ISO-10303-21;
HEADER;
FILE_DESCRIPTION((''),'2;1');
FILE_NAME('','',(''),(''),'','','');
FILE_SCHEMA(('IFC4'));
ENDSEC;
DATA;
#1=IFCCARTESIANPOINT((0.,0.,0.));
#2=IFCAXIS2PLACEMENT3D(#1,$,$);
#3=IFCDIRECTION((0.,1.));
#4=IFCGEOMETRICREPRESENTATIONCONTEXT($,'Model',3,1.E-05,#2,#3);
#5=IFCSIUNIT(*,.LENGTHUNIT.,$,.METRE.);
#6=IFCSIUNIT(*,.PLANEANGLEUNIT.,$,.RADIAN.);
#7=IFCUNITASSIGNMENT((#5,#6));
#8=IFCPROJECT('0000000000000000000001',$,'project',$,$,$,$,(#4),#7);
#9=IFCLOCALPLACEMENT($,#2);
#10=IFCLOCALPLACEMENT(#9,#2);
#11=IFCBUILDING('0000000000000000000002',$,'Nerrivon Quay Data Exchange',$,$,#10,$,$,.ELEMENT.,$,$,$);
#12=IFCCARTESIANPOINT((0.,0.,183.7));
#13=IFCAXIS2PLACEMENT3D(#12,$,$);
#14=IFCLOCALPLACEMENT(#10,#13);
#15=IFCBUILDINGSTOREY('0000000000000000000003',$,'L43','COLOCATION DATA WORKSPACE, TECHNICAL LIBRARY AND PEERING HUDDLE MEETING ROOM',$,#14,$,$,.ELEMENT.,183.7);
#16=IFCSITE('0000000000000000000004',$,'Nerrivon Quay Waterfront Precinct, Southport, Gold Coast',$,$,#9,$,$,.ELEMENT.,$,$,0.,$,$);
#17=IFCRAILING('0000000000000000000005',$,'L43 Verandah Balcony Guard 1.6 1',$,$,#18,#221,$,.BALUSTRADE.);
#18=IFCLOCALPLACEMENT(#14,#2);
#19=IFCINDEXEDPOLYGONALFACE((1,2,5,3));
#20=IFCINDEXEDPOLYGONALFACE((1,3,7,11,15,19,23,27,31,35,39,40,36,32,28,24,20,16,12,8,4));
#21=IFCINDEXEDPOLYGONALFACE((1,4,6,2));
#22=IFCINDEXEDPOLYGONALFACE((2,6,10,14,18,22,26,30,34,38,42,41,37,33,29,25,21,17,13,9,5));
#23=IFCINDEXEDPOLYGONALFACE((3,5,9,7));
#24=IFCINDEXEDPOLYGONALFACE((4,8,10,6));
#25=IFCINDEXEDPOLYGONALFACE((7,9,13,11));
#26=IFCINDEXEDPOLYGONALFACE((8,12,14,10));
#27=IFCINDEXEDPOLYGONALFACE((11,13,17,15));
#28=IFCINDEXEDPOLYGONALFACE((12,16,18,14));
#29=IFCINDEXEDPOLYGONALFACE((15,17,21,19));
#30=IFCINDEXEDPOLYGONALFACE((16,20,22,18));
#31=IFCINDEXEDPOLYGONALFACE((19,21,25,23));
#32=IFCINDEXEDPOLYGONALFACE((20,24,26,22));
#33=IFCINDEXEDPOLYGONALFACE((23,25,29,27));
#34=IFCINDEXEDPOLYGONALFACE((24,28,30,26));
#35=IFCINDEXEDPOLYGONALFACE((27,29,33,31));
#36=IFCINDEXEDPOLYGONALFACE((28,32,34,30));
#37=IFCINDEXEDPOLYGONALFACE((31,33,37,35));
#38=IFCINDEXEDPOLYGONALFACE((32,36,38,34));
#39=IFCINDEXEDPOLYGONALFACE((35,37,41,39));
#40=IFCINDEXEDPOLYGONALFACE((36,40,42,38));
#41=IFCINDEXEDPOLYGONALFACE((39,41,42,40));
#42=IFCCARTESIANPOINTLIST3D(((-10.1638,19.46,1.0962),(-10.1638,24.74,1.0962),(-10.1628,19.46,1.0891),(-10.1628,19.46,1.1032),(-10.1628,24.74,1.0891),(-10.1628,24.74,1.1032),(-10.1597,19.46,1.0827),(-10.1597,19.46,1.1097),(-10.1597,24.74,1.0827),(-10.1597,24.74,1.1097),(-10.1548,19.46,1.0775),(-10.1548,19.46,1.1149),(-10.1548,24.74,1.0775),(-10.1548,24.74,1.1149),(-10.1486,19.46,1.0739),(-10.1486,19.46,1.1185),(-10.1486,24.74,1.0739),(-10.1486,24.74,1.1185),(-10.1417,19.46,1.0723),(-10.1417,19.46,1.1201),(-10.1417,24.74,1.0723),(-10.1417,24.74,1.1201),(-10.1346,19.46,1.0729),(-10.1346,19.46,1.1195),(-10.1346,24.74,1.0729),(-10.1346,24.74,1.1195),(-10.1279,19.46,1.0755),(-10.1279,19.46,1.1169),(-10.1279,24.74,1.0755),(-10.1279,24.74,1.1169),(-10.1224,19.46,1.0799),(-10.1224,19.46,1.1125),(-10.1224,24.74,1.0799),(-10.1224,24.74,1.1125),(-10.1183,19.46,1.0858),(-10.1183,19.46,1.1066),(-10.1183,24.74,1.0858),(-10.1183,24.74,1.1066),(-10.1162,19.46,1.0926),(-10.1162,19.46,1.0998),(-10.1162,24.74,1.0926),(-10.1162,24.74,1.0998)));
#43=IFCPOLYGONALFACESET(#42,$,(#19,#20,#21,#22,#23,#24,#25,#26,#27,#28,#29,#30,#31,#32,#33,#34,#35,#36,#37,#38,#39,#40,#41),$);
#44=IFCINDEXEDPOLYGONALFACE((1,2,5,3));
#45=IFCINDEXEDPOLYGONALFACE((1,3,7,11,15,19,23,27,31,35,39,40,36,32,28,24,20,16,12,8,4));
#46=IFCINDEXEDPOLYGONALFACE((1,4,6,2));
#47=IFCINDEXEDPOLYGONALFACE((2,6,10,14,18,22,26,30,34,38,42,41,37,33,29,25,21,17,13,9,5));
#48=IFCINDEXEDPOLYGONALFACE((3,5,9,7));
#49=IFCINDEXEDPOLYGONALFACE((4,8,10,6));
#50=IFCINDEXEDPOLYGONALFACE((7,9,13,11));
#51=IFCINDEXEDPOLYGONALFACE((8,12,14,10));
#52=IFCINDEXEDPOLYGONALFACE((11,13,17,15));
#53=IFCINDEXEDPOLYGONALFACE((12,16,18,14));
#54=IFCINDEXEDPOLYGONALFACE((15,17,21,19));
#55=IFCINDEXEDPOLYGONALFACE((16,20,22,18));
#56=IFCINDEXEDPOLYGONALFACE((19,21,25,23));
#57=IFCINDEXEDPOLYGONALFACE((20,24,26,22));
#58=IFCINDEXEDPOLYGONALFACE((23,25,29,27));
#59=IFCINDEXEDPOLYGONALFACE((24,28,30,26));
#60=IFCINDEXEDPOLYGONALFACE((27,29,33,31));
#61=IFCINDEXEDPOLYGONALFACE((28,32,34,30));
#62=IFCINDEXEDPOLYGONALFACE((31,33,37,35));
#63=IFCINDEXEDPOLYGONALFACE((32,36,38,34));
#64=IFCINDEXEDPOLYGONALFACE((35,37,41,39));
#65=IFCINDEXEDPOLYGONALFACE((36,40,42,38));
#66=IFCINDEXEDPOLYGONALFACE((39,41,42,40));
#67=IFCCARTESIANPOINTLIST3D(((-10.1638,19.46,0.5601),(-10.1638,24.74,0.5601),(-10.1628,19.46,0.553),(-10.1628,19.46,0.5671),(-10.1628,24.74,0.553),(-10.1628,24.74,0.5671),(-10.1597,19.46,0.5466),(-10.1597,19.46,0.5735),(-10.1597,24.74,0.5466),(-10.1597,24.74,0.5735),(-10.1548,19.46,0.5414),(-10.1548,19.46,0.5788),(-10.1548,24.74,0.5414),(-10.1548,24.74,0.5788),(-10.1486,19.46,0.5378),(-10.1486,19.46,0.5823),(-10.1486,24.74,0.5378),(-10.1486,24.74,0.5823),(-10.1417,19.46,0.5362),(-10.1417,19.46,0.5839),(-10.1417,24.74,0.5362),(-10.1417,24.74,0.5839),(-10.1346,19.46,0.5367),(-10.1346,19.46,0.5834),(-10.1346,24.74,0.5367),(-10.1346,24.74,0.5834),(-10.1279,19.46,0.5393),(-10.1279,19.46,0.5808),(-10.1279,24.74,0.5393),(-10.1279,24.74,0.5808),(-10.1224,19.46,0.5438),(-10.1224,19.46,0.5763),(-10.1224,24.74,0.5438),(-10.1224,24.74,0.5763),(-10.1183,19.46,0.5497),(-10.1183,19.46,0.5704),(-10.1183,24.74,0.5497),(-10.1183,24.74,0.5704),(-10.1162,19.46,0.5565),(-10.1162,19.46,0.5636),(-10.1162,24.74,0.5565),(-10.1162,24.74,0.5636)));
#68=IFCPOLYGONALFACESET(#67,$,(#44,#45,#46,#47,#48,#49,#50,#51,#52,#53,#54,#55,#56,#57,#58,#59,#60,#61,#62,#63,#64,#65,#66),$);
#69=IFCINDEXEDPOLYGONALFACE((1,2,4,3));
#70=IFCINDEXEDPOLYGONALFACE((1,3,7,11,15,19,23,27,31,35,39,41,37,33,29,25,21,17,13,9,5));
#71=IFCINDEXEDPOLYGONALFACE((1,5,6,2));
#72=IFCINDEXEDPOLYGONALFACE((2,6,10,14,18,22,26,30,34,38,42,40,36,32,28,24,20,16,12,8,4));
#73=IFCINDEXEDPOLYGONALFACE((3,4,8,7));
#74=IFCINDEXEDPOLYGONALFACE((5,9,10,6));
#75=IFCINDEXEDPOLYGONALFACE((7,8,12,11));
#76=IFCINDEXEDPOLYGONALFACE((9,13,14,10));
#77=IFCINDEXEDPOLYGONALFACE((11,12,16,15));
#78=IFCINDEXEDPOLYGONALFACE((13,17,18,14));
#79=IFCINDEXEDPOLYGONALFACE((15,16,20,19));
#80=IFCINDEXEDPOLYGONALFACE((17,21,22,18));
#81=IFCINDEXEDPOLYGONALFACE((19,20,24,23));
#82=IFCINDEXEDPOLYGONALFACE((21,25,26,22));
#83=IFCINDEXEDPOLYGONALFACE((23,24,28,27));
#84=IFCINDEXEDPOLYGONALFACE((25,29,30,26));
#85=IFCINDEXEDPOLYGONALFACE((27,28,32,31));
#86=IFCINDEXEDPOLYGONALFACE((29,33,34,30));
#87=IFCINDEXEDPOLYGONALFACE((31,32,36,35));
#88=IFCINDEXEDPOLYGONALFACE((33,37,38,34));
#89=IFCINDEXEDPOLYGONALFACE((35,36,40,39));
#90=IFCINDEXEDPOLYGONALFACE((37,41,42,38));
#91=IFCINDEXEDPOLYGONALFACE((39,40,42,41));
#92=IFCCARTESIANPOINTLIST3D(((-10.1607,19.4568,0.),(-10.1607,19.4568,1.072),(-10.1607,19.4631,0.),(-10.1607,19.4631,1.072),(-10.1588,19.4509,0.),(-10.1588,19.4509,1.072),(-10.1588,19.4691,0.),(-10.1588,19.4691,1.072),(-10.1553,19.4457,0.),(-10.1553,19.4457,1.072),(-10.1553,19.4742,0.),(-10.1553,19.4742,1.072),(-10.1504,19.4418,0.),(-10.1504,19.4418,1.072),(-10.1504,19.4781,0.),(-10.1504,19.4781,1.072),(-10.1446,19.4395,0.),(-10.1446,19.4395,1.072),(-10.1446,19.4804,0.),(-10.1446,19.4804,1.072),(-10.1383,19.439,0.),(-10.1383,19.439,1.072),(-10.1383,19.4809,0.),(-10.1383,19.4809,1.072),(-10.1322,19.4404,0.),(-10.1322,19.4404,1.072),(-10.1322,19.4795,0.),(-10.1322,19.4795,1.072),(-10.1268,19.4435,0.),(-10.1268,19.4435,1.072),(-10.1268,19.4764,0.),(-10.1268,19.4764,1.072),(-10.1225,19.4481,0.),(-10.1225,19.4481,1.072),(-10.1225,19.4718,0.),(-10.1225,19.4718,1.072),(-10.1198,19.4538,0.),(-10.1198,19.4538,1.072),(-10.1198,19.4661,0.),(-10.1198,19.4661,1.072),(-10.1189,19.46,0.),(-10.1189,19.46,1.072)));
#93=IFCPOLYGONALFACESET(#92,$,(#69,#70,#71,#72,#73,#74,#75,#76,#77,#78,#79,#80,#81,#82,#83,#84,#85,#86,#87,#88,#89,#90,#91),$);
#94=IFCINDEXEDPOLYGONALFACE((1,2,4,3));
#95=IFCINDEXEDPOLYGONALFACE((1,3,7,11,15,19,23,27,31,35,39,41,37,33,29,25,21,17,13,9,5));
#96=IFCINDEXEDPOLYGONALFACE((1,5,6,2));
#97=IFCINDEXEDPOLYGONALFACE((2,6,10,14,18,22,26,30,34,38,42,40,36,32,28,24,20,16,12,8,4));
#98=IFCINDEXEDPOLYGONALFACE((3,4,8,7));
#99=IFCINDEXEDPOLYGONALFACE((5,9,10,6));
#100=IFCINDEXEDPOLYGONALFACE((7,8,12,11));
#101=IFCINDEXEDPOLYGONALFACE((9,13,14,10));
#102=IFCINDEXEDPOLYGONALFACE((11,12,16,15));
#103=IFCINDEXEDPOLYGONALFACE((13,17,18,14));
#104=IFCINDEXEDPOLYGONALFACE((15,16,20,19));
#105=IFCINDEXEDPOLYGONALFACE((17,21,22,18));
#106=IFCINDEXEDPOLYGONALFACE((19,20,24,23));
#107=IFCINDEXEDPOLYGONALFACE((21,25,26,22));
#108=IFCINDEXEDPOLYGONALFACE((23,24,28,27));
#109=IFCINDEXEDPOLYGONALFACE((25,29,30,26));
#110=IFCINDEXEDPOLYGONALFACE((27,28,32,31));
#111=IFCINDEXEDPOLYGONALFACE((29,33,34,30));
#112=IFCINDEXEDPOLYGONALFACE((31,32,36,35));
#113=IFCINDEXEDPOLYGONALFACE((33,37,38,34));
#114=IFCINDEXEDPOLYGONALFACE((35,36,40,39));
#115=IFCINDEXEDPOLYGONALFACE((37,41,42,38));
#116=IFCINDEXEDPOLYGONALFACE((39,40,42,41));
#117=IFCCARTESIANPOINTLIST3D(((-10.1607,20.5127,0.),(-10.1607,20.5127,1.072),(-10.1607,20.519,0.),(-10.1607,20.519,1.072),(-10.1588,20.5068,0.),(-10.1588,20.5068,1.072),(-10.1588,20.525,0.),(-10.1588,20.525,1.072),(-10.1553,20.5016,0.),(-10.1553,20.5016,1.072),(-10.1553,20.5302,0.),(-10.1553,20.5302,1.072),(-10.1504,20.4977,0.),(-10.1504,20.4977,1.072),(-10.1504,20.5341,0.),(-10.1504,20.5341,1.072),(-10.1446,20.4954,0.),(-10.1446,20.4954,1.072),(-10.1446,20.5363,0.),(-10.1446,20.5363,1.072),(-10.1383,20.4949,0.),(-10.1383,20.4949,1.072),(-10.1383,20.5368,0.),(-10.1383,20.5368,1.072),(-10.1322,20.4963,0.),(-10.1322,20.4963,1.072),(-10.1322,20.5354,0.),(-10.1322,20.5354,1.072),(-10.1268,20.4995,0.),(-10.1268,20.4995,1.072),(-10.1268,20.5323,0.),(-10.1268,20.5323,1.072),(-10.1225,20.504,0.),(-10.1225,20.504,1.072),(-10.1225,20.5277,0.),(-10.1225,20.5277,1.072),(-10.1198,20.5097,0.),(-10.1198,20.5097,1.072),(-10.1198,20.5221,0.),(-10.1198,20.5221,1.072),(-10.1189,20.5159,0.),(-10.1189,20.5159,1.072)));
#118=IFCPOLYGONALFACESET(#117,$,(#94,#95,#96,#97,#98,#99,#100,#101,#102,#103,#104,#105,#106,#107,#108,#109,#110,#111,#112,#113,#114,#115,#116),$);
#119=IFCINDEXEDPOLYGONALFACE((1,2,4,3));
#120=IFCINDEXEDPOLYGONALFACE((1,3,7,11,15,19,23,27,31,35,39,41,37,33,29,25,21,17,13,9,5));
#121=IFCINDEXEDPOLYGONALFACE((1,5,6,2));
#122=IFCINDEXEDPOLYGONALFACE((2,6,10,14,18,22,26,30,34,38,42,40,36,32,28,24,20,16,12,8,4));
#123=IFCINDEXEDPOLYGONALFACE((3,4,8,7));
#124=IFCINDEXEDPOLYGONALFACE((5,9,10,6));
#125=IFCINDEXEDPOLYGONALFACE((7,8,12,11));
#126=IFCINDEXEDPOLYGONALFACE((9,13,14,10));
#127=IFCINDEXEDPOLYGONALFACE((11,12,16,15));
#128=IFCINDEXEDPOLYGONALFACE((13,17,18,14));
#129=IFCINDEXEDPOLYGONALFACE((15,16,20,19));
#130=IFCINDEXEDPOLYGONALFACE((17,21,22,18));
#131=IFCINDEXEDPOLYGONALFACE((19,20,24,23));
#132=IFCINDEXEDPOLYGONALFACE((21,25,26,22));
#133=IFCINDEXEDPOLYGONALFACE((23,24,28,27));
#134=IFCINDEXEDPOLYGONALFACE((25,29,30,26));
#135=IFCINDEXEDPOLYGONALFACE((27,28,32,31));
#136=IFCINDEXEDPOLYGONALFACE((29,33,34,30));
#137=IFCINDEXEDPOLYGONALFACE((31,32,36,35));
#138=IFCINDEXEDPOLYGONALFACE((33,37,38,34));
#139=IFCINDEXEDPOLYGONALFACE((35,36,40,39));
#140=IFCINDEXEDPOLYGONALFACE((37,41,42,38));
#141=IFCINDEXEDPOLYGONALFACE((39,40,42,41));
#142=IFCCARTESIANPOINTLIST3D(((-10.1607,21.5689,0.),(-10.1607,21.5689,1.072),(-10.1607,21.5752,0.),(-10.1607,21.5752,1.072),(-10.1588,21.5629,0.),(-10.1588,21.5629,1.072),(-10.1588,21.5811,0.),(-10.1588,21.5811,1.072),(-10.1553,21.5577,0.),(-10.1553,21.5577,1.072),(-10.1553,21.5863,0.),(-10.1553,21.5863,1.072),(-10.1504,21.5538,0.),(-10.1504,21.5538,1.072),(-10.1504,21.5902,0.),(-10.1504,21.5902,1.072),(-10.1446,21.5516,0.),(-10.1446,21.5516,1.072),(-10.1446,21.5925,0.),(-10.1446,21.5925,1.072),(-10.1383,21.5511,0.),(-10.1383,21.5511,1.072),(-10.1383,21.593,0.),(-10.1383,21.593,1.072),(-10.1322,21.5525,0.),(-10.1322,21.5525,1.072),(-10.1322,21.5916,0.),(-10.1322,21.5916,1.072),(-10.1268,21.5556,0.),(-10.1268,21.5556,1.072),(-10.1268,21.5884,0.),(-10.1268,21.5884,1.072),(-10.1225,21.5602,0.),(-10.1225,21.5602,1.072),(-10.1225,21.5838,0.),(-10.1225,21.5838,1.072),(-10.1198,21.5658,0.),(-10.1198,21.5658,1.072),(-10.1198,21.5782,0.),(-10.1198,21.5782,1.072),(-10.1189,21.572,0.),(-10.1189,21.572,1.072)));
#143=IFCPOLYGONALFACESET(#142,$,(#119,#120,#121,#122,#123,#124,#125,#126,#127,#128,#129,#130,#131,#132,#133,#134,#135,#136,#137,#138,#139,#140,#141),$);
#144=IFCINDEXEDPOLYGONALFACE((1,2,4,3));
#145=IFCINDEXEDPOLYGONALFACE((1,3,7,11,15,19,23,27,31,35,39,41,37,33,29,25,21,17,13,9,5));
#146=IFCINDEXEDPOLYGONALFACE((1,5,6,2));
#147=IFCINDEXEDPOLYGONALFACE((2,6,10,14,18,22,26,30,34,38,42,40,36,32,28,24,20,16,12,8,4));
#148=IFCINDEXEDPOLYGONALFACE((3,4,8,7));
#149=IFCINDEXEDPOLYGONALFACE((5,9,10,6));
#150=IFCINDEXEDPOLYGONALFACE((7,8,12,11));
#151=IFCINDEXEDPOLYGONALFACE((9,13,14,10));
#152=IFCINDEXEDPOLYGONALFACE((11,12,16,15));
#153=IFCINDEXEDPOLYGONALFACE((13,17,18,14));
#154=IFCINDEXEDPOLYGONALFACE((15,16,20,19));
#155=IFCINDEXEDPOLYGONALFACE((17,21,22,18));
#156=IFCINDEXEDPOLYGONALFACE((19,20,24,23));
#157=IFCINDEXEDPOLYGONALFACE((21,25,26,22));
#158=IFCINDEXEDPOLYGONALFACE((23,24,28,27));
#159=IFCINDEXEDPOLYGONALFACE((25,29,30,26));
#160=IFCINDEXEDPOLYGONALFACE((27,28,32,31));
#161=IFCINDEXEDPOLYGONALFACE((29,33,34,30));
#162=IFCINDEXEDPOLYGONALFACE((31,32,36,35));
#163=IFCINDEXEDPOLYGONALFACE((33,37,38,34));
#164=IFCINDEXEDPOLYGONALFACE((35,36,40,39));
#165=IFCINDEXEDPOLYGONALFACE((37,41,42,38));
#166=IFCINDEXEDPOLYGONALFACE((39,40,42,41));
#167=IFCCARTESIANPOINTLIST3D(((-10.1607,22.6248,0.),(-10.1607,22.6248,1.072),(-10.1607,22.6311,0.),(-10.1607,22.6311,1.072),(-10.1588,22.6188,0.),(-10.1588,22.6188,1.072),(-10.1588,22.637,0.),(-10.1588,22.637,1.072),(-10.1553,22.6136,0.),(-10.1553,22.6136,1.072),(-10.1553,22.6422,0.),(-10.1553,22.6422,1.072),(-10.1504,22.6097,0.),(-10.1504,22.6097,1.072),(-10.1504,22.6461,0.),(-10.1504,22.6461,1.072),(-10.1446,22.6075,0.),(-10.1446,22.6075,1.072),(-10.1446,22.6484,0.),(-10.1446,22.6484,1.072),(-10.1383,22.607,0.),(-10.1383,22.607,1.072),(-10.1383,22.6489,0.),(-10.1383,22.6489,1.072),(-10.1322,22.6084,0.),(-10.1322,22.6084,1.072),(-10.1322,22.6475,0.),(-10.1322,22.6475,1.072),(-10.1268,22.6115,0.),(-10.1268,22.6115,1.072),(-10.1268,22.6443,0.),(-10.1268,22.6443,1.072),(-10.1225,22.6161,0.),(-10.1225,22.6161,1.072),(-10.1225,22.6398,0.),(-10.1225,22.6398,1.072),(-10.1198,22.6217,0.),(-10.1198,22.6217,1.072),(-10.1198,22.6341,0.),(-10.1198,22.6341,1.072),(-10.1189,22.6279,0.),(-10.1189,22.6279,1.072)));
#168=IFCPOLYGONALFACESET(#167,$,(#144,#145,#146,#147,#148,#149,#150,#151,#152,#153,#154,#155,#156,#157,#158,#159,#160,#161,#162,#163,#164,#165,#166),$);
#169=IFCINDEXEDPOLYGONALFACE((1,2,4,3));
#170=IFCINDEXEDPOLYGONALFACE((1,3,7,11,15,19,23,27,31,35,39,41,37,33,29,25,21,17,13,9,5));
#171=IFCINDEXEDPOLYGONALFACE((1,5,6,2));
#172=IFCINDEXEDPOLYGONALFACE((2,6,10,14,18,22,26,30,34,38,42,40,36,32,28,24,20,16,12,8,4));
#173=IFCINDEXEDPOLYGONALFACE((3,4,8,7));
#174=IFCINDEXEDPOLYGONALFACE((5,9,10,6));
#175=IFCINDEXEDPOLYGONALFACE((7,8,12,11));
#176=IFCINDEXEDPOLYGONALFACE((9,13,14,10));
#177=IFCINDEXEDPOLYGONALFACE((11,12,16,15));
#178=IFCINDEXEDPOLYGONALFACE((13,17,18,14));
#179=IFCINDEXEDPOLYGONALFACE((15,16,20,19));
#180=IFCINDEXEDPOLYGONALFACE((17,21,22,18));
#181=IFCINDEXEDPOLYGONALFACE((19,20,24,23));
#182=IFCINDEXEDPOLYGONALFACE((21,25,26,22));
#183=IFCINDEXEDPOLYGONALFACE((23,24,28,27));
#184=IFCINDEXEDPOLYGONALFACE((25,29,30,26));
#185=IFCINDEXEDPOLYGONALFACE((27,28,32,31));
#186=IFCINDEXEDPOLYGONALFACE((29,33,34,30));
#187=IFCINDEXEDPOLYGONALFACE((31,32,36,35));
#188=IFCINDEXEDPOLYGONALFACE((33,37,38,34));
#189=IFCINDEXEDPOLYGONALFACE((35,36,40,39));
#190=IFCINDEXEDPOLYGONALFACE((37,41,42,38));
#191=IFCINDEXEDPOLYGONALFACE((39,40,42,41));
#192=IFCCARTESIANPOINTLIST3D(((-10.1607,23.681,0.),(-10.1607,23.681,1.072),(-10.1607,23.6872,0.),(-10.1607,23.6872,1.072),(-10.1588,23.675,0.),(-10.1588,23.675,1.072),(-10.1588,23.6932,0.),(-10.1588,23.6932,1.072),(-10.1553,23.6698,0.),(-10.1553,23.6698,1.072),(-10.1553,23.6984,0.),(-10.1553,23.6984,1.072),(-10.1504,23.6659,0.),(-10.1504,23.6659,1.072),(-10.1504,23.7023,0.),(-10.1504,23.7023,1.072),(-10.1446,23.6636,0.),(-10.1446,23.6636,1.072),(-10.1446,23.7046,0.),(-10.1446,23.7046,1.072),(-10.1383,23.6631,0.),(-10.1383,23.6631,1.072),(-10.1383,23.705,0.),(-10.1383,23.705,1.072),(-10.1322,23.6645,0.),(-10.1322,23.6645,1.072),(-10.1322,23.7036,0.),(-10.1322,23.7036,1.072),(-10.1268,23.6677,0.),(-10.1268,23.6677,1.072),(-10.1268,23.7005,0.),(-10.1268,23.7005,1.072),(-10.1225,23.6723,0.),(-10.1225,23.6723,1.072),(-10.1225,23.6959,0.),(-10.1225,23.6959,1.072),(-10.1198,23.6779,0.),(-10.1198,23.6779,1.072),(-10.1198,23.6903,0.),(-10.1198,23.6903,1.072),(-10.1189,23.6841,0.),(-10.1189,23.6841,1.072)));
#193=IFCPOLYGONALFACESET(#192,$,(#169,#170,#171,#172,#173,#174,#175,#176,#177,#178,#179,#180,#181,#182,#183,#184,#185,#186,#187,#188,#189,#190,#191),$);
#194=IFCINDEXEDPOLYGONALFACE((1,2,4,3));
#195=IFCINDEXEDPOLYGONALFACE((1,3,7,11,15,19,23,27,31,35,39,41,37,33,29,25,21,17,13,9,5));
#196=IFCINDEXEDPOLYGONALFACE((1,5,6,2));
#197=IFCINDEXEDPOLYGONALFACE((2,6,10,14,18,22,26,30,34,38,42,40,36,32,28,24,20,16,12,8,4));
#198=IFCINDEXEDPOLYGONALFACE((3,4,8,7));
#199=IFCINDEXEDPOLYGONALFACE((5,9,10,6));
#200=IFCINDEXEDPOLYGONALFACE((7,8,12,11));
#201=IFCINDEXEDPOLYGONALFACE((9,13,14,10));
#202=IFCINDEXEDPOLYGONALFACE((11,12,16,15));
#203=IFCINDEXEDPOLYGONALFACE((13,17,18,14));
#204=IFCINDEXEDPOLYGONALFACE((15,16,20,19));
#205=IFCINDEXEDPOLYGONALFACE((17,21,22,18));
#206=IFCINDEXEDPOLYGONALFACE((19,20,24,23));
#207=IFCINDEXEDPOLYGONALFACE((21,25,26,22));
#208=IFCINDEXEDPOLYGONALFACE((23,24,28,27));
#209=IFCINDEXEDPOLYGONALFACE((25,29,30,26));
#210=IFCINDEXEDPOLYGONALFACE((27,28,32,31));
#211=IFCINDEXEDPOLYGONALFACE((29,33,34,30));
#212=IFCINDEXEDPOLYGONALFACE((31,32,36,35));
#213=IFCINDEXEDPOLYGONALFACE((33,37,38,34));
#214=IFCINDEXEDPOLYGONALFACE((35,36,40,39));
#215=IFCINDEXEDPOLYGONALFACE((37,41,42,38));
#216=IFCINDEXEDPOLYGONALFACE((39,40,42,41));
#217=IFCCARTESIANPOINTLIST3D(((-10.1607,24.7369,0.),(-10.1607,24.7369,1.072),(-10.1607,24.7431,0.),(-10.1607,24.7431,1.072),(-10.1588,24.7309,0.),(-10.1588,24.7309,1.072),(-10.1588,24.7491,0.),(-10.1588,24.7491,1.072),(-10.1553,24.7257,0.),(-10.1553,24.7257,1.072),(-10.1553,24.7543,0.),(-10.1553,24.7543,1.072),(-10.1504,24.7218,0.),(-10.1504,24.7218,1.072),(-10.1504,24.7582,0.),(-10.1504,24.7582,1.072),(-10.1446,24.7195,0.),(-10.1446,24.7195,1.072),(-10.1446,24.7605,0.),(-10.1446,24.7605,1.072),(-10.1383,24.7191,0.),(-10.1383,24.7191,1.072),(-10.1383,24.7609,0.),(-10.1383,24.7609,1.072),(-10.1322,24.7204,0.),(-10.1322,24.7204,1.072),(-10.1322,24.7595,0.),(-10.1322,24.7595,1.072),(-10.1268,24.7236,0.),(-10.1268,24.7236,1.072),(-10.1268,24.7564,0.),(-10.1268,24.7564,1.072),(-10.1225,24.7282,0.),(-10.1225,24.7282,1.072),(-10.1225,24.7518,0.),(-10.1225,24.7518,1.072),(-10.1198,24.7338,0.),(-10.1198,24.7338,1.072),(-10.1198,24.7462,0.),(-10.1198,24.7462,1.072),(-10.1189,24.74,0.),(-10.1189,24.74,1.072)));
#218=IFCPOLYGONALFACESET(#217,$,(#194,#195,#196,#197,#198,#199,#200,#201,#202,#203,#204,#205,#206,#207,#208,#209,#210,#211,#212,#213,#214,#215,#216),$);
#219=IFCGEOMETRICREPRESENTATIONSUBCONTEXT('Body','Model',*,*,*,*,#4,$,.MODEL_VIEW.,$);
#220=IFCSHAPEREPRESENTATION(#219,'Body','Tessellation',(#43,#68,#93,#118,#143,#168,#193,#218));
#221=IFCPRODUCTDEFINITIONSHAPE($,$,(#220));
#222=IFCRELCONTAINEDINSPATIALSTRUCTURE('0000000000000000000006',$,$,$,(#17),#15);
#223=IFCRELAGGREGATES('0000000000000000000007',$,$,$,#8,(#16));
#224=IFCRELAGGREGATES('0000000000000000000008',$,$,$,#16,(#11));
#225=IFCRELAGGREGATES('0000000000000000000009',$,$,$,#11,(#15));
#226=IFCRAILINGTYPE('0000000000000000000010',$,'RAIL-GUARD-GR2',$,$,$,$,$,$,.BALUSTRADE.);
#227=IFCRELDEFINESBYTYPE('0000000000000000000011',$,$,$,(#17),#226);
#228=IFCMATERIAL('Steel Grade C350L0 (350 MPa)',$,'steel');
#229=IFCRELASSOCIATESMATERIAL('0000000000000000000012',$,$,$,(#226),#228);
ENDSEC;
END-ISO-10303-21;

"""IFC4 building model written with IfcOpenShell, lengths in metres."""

from ifc_helpers import new_model, si_unit, direction, frame, origin, origin_2d, place, context, subcontext, project, spatial, circle, extrude, material, type_object, element, save


model = new_model("IFC4")

# Units and contexts
model_context = context("Model", 3, precision=1e-05, world=origin(), true_north=direction((0.0, 1.0)))
body_context = subcontext(model_context, "Body", "Model", "MODEL_VIEW")
ifc_project = project(units=[si_unit("LENGTHUNIT", "METRE"), si_unit("PLANEANGLEUNIT", "RADIAN")], contexts=[model_context])

# Site, building, storey
site_placement = place(None, origin())
site = spatial("IfcSite", under=ifc_project, at=site_placement, Name="Nerrivon Quay Waterfront Precinct, Southport, Gold Coast", CompositionType="ELEMENT", RefElevation=0.0)
building_placement = place(site_placement, origin())
building = spatial("IfcBuilding", under=site, at=building_placement, Name="Nerrivon Quay Data Exchange", CompositionType="ELEMENT")
storey_placement = place(building_placement, frame((0.0, 0.0, 183.7)))
storey = spatial("IfcBuildingStorey", under=building, at=storey_placement, Name="L43", Description="COLOCATION DATA WORKSPACE, TECHNICAL LIBRARY AND PEERING HUDDLE MEETING ROOM", CompositionType="ELEMENT", Elevation=183.7)

# Railing
ifc_material_1 = material(Name="Steel Grade C350L0 (350 MPa)", Category="steel")
railing_type = type_object("IfcRailingType", Name="RAIL-GUARD-GR2", PredefinedType="BALUSTRADE", material=ifc_material_1)
railing_1_placement = place(storey_placement, frame((-10.1399, 19.46, 0.0)))
element("IfcRailing", 1, at=railing_1_placement, inside=storey, type_object=railing_type, Name="L43 Verandah Balcony Guard 1.6 1", PredefinedType="BALUSTRADE", context=body_context, shape_type="SweptSolid", body=[
    extrude(circle(Radius=0.0239, at=origin_2d()), frame((0.0, 0.0, 1.0962), z_axis=(0.0, 1.0, 0.0), x_axis=(-1.0, 0.0, 0.0)), (0.0, 0.0, 1.0), 5.28),
    extrude(circle(Radius=0.0239, at=origin_2d()), frame((0.0, 0.0, 0.5601), z_axis=(0.0, 1.0, 0.0), x_axis=(-1.0, 0.0, 0.0)), (0.0, 0.0, 1.0), 5.28),
    extrude(circle(Radius=0.021, at=origin_2d()), origin(), (0.0, 0.0, 1.0), 1.072),
    extrude(circle(Radius=0.021, at=origin_2d()), frame((0.0, 1.0559, 0.0)), (0.0, 0.0, 1.0), 1.072),
    extrude(circle(Radius=0.021, at=origin_2d()), frame((0.0, 2.1121, 0.0)), (0.0, 0.0, 1.0), 1.072),
    extrude(circle(Radius=0.021, at=origin_2d()), frame((0.0, 3.168, 0.0)), (0.0, 0.0, 1.0), 1.072),
    extrude(circle(Radius=0.021, at=origin_2d()), frame((0.0, 4.2241, 0.0)), (0.0, 0.0, 1.0), 1.072),
    extrude(circle(Radius=0.021, at=origin_2d()), frame((0.0, 5.28, 0.0)), (0.0, 0.0, 1.0), 1.072),
])

save(model, "model.ifc")
